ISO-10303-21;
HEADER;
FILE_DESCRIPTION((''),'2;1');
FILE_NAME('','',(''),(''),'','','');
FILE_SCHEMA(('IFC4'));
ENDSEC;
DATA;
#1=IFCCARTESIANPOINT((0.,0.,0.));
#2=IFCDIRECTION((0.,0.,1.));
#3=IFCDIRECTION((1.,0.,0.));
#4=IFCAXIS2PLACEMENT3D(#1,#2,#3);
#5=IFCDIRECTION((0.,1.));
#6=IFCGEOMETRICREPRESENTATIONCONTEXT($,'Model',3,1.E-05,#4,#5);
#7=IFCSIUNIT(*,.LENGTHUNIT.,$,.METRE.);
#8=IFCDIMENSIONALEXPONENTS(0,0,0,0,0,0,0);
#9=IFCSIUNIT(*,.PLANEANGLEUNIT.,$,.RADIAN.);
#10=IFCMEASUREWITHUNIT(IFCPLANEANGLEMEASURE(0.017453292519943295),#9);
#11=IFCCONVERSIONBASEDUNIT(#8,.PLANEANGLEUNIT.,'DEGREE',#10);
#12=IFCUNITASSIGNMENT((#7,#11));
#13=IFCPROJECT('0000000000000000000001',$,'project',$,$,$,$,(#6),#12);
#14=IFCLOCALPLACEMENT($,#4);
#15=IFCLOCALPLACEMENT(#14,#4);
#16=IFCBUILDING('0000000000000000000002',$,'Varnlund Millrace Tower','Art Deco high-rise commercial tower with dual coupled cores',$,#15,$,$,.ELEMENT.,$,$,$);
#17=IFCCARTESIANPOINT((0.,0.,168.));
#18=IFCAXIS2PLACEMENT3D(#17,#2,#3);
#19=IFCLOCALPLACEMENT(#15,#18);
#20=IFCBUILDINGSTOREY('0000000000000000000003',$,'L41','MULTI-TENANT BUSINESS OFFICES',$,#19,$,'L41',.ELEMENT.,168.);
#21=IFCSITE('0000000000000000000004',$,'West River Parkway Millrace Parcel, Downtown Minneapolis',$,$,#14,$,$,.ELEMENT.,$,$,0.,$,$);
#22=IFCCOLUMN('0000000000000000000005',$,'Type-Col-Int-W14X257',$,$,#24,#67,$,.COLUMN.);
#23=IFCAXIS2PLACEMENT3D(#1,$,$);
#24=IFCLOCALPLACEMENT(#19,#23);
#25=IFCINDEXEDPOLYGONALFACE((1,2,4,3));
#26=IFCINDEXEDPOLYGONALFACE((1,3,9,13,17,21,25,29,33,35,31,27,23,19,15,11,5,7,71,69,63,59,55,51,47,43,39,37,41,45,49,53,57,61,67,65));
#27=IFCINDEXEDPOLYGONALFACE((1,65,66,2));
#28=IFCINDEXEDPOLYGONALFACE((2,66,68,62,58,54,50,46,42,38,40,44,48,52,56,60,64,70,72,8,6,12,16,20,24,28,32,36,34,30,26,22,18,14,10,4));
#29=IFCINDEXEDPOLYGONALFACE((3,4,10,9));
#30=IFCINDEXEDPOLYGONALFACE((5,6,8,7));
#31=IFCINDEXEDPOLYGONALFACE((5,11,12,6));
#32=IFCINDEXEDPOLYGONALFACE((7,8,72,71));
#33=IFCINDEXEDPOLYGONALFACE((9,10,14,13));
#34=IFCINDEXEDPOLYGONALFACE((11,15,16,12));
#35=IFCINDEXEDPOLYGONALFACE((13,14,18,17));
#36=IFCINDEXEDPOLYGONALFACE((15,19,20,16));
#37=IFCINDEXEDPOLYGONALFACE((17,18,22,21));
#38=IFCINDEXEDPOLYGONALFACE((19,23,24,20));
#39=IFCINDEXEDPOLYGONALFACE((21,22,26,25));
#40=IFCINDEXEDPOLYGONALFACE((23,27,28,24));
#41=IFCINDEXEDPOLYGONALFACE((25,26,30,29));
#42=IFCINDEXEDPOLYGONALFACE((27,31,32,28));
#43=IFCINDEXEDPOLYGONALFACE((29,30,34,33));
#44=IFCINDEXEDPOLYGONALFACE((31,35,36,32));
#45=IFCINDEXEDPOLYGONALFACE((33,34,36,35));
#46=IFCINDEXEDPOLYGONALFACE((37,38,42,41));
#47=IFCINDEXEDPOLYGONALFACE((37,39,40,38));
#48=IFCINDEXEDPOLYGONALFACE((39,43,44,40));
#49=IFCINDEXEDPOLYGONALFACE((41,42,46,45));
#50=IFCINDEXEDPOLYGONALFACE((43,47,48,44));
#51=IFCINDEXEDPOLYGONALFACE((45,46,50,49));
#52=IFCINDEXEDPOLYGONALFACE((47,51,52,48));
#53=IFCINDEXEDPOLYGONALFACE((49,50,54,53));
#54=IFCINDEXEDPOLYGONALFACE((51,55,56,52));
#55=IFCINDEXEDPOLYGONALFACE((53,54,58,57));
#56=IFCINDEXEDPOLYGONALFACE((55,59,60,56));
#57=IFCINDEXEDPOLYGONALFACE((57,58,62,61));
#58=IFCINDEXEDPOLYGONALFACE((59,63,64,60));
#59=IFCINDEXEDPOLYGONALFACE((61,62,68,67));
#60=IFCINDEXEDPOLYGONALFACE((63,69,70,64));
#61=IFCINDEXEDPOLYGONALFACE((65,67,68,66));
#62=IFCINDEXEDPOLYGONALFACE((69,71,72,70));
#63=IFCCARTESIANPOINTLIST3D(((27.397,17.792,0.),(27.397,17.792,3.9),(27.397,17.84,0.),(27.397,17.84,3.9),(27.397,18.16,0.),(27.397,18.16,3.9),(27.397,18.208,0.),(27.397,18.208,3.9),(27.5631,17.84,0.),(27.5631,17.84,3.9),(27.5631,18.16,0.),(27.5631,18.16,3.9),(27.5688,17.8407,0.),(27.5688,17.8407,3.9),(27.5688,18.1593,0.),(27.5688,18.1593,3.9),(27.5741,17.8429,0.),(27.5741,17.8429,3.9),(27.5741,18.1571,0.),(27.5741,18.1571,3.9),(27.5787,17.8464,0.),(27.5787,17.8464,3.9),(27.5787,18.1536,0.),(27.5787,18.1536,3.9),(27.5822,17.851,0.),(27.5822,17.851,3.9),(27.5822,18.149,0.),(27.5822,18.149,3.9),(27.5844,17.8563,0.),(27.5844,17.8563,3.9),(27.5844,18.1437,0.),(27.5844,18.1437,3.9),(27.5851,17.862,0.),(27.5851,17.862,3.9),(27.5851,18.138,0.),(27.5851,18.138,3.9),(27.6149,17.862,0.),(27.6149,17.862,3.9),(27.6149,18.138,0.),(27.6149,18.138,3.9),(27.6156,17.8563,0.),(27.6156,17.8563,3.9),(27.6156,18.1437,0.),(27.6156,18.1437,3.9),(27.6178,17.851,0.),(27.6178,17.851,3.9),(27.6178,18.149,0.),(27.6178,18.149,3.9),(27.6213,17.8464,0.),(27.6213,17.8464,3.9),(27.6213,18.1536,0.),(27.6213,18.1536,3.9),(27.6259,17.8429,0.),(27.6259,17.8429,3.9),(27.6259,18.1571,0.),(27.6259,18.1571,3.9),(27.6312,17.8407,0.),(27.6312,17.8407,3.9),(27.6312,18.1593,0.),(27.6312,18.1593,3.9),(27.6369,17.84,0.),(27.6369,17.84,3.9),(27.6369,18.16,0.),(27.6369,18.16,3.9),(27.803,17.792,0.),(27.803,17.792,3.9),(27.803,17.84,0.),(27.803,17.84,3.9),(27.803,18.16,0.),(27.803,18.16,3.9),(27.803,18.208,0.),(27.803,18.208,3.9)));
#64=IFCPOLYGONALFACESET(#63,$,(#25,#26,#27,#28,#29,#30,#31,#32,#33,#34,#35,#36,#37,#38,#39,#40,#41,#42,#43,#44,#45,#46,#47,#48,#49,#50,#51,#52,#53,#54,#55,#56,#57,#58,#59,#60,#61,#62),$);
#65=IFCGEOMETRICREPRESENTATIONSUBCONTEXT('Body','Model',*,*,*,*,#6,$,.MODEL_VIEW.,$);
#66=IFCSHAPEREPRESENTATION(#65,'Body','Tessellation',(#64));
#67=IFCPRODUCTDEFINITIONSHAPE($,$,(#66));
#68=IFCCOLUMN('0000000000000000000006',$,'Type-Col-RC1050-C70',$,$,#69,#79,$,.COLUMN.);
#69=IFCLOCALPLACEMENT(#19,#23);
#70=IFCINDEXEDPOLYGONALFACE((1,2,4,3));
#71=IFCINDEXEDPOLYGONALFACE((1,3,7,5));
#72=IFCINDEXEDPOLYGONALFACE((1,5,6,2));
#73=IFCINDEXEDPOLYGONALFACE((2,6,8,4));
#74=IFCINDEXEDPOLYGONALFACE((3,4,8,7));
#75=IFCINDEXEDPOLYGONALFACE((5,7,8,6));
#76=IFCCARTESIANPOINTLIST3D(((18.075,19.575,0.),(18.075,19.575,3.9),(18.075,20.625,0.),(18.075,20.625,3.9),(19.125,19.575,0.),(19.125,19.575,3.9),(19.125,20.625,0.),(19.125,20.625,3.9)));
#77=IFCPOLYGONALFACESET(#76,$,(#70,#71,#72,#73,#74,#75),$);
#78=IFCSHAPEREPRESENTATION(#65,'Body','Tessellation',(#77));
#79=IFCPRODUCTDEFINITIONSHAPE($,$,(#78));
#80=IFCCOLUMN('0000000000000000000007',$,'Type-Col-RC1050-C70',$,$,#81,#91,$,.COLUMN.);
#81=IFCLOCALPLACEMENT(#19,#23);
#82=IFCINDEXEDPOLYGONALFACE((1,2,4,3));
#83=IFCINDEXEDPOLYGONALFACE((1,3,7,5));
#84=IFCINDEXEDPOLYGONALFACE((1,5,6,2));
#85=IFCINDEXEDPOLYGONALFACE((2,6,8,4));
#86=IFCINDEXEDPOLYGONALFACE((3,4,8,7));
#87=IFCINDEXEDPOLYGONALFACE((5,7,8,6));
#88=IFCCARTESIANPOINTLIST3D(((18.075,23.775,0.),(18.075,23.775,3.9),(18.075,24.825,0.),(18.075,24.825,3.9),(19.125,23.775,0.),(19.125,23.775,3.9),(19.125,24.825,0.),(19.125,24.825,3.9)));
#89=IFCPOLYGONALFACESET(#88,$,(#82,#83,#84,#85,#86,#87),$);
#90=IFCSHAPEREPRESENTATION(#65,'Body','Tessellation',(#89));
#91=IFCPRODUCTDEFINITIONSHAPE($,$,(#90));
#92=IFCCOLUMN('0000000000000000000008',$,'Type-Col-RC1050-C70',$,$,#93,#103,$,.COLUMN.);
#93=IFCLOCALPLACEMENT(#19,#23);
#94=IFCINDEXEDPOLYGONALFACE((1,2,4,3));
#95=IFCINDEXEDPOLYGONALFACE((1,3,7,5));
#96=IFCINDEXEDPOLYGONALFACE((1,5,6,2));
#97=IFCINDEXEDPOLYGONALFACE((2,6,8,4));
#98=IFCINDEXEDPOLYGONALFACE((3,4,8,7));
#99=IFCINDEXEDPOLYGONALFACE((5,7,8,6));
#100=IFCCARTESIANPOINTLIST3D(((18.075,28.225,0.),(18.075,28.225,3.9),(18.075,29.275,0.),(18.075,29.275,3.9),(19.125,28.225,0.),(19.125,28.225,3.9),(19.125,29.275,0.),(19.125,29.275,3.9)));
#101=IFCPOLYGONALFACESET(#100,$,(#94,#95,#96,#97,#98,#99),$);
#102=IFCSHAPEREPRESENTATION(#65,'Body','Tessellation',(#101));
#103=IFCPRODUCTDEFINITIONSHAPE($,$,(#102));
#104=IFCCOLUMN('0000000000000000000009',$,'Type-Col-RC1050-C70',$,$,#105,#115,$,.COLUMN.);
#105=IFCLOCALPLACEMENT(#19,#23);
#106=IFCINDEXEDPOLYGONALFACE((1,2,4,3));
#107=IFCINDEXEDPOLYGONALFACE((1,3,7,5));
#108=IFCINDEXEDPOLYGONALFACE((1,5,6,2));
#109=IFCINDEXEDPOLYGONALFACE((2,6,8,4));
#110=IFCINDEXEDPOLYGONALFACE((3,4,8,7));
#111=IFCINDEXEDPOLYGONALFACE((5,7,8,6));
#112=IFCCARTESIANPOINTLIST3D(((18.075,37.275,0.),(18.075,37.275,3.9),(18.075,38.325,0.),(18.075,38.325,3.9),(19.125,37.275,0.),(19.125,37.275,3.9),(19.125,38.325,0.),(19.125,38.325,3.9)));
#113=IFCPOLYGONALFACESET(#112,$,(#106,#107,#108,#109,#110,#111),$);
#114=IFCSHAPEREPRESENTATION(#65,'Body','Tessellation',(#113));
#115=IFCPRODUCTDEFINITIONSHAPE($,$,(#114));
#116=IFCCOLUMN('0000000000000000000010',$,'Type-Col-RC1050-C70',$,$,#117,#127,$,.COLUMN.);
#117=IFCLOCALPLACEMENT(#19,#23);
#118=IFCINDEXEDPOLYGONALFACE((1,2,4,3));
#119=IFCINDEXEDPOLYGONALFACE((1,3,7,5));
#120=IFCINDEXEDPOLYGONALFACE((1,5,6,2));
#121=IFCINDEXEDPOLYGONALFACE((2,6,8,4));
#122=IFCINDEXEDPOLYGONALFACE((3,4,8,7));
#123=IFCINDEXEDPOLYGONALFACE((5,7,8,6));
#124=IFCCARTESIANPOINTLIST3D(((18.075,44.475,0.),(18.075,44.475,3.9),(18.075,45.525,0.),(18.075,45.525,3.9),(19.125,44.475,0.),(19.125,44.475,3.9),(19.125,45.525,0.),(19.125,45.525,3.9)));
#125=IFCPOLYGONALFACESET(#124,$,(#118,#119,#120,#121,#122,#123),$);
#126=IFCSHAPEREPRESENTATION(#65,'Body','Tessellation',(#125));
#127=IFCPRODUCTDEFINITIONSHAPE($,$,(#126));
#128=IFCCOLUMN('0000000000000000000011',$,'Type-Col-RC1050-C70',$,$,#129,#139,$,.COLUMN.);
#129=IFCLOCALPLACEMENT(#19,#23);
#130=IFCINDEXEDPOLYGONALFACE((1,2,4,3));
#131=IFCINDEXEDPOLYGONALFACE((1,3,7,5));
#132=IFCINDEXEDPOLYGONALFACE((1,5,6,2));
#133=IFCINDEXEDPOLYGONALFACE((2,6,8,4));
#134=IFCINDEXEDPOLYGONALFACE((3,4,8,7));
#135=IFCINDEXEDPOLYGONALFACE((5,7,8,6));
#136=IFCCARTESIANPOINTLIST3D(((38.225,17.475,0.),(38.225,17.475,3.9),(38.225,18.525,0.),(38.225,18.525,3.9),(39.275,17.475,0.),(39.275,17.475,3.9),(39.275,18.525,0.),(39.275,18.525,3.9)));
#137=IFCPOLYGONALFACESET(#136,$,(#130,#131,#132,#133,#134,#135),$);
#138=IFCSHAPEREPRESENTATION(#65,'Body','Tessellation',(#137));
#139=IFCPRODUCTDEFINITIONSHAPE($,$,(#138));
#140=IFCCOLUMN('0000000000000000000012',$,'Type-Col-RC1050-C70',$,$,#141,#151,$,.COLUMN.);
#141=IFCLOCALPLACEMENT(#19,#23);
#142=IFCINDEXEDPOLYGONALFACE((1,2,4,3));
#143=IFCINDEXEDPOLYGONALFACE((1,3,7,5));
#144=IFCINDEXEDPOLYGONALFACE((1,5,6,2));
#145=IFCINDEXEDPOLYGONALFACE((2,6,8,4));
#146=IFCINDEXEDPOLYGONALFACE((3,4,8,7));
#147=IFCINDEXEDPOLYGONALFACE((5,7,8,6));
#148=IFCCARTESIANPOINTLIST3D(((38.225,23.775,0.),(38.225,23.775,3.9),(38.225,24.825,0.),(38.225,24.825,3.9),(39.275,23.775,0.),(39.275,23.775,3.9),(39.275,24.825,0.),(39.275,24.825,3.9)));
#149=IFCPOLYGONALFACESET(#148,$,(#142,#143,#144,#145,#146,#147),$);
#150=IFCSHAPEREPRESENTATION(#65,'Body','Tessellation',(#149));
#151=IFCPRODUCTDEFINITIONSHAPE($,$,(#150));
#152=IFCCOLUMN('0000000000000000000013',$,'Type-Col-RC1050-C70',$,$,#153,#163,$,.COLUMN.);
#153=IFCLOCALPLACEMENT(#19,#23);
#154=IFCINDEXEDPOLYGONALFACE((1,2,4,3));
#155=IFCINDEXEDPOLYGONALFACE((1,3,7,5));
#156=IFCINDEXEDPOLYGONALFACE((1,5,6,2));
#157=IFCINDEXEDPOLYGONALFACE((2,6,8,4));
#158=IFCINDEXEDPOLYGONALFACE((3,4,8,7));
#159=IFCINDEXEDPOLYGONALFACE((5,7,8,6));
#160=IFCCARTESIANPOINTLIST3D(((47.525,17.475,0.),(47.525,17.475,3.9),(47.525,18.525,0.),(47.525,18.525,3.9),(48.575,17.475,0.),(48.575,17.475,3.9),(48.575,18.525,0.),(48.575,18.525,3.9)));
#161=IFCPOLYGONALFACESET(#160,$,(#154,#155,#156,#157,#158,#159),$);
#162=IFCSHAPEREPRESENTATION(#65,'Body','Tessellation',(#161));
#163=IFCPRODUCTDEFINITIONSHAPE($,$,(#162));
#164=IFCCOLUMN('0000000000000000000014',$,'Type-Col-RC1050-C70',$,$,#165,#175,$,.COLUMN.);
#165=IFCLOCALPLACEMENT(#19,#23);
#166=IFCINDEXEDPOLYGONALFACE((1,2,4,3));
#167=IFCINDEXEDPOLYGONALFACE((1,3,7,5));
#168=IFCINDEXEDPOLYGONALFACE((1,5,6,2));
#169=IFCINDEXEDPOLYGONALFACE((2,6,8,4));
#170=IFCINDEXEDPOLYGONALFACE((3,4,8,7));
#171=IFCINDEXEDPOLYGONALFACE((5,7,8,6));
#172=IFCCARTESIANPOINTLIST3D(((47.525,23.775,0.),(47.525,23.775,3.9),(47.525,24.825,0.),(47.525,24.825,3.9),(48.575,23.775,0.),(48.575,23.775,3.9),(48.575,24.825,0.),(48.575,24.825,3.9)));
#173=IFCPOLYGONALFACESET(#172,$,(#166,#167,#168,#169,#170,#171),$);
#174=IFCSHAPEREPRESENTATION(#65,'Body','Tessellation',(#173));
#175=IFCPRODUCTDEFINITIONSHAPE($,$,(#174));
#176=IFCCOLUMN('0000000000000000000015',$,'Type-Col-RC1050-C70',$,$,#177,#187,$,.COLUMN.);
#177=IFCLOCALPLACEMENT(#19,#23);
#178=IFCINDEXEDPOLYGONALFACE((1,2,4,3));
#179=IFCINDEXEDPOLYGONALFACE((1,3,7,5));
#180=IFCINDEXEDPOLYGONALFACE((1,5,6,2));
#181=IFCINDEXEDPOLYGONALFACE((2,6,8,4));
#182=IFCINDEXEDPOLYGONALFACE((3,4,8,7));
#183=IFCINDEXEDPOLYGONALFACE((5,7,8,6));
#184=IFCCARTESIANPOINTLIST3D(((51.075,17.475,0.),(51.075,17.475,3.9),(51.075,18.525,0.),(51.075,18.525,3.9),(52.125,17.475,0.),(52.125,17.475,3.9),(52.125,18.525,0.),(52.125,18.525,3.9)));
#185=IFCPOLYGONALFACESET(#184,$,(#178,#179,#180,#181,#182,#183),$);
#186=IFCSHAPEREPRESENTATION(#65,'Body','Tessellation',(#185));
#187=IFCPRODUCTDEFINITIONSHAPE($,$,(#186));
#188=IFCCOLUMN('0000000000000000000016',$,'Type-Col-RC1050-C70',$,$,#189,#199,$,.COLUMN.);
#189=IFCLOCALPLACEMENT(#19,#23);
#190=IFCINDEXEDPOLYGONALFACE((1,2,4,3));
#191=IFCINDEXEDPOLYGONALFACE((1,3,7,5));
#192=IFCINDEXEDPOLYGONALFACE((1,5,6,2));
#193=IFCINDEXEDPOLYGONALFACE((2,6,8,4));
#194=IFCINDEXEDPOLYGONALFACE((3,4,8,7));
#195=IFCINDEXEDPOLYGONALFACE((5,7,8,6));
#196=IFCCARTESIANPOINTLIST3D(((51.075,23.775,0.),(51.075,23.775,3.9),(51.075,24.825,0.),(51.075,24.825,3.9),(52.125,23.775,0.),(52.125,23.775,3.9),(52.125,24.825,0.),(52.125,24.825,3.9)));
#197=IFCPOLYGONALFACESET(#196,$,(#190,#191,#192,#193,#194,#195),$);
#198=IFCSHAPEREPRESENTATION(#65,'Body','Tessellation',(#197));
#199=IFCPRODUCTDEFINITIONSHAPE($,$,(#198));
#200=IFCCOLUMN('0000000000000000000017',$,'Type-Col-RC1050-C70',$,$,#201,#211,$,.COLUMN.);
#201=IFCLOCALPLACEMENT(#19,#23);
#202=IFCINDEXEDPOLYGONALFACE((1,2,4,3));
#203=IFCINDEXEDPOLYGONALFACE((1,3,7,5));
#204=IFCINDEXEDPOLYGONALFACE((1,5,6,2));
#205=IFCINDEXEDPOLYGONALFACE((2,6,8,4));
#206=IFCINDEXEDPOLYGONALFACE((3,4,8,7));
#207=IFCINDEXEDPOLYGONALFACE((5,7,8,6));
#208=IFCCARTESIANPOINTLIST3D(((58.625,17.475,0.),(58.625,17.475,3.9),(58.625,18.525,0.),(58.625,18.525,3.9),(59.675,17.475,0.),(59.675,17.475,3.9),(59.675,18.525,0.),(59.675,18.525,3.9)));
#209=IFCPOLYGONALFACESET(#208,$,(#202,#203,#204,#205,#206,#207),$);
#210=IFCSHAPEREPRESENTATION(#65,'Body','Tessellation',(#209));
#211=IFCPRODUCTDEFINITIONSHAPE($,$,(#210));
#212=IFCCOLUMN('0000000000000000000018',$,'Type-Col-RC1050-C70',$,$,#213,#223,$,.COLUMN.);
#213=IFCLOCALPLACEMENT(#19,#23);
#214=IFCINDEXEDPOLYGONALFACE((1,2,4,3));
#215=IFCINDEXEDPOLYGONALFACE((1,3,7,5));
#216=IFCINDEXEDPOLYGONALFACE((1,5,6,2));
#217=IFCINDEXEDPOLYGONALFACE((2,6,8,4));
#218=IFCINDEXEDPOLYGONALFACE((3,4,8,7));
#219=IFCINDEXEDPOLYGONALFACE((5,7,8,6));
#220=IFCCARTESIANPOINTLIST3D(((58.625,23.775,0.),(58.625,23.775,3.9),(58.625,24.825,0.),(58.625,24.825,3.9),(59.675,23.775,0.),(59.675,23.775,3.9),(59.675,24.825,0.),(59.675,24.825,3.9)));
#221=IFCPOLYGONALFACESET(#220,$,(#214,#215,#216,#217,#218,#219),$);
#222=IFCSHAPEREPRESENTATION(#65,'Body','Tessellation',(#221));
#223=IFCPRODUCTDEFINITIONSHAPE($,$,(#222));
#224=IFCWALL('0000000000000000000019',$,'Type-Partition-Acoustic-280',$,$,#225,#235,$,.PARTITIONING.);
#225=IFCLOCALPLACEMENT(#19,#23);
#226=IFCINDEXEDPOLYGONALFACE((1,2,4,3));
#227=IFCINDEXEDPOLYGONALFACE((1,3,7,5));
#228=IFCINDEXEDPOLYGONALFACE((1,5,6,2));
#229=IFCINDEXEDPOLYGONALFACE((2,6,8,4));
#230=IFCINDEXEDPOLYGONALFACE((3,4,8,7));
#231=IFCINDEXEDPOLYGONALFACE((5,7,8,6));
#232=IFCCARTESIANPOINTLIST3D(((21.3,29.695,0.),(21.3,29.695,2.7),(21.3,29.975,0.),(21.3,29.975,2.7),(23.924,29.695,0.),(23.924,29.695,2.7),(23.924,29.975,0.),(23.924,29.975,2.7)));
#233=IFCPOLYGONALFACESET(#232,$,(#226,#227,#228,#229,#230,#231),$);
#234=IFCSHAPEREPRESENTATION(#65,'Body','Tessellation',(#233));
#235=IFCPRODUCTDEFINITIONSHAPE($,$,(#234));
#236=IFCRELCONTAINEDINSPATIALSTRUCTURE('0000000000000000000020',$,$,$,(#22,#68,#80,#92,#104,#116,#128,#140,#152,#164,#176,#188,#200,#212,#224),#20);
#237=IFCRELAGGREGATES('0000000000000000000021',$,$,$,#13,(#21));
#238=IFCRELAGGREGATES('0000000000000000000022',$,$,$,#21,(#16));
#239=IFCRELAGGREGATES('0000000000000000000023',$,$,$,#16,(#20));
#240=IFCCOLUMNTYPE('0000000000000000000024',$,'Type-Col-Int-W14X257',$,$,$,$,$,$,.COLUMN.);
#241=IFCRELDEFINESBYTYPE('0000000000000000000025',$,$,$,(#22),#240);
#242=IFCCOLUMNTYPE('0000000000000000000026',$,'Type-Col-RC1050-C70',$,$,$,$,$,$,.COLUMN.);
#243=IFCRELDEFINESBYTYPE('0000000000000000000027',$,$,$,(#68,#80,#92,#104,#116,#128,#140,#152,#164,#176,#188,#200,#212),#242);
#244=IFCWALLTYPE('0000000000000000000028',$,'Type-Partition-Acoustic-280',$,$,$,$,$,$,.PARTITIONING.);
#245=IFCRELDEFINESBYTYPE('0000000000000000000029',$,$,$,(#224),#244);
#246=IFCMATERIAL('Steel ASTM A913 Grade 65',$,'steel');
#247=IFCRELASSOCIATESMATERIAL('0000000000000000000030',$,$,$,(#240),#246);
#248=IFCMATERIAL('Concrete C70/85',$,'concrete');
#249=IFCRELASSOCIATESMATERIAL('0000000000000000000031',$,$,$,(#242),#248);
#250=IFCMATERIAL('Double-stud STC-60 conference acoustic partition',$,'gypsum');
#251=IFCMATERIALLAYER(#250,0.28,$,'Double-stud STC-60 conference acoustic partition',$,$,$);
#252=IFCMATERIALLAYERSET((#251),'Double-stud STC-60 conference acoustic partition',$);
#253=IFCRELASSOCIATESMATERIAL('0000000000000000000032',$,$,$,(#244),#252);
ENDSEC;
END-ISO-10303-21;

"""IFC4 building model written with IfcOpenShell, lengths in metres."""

from ifc_helpers import new_model, entity, si_unit, converted_unit, direction, frame, origin_with_axes, origin_2d_with_axis, place, context, subcontext, project, spatial, polyline, rectangle, i_section, outline, extrude, material, layer, layer_set, material_profile, profile_set, type_object, element, save


model = new_model("IFC4")

# Units and contexts
model_context = context("Model", 3, precision=1e-05, world=origin_with_axes(), true_north=direction((0.0, 1.0)))
body_context = subcontext(model_context, "Body", "Model", "MODEL_VIEW")
ifc_project = project(units=[si_unit("LENGTHUNIT", "METRE"), converted_unit("PLANEANGLEUNIT", "DEGREE", entity("IfcPlaneAngleMeasure", 0.017453292519943295), si_unit("PLANEANGLEUNIT", "RADIAN"), dimensions=[0, 0, 0, 0, 0, 0, 0])], contexts=[model_context])

# Site, building, storey
site_placement = place(None, origin_with_axes())
site = spatial("IfcSite", under=ifc_project, at=site_placement, Name="West River Parkway Millrace Parcel, Downtown Minneapolis", CompositionType="ELEMENT", RefElevation=0.0)
building_placement = place(site_placement, origin_with_axes())
building = spatial("IfcBuilding", under=site, at=building_placement, Name="Varnlund Millrace Tower", Description="Art Deco high-rise commercial tower with dual coupled cores", CompositionType="ELEMENT")
storey_placement = place(building_placement, frame((0.0, 0.0, 168.0), z_axis=(0.0, 0.0, 1.0), x_axis=(1.0, 0.0, 0.0)))
storey = spatial("IfcBuildingStorey", under=building, at=storey_placement, Name="L41", Description="MULTI-TENANT BUSINESS OFFICES", LongName="L41", CompositionType="ELEMENT", Elevation=168.0)

# Columns
ifc_material_1 = material(Name="Steel ASTM A913 Grade 65", Category="steel")
ifc_material_profile_1 = material_profile(ifc_material_1, i_section(OverallWidth=0.406, OverallDepth=0.416, WebThickness=0.0298, FlangeThickness=0.048, FilletRadius=0.022, at=origin_2d_with_axis()), Name="Steel ASTM A913 Grade 65")
ifc_profile_set_1 = profile_set([ifc_material_profile_1], Name="Steel ASTM A913 Grade 65")
column_type_1 = type_object("IfcColumnType", Name="Type-Col-Int-W14X257", PredefinedType="COLUMN", material=ifc_profile_set_1)
column_placement = place(storey_placement, frame((27.6, 18.0, 0.0), z_axis=(0.0, 0.0, 1.0), x_axis=(1.0, 0.0, 0.0)))
element("IfcColumn", 1, at=column_placement, inside=storey, type_object=column_type_1, Name="Type-Col-Int-W14X257", PredefinedType="COLUMN", context=body_context, shape_type="SweptSolid", body=[
    extrude(i_section(OverallWidth=0.406, OverallDepth=0.416, WebThickness=0.0298, FlangeThickness=0.048, FilletRadius=0.022, at=origin_2d_with_axis()), origin_with_axes(), (0.0, 0.0, 1.0), 3.9),
])
ifc_material_2 = material(Name="Concrete C70/85", Category="concrete")
ifc_material_profile_2 = material_profile(ifc_material_2, rectangle(XDim=1.05, YDim=1.05, at=origin_2d_with_axis()), Name="Concrete C70/85")
ifc_profile_set_2 = profile_set([ifc_material_profile_2], Name="Concrete C70/85")
column_type_2 = type_object("IfcColumnType", Name="Type-Col-RC1050-C70", PredefinedType="COLUMN", material=ifc_profile_set_2)
for number, where, z_axis, x_axis, name in (
    (2, (18.6, 20.1, 0.0), (0.0, 0.0, 1.0), (1.0, 0.0, 0.0), "Type-Col-RC1050-C70"),
    (3, (18.6, 24.3, 0.0), (0.0, 0.0, 1.0), (1.0, 0.0, 0.0), "Type-Col-RC1050-C70"),
    (4, (18.6, 28.75, 0.0), (0.0, 0.0, 1.0), (1.0, 0.0, 0.0), "Type-Col-RC1050-C70"),
    (5, (18.6, 37.8, 0.0), (0.0, 0.0, 1.0), (1.0, 0.0, 0.0), "Type-Col-RC1050-C70"),
    (6, (18.6, 45.0, 0.0), (0.0, 0.0, 1.0), (1.0, 0.0, 0.0), "Type-Col-RC1050-C70"),
    (7, (38.75, 18.0, 0.0), (0.0, 0.0, 1.0), (1.0, 0.0, 0.0), "Type-Col-RC1050-C70"),
    (8, (38.75, 24.3, 0.0), (0.0, 0.0, 1.0), (1.0, 0.0, 0.0), "Type-Col-RC1050-C70"),
    (9, (48.05, 18.0, 0.0), (0.0, 0.0, 1.0), (1.0, 0.0, 0.0), "Type-Col-RC1050-C70"),
    (10, (48.05, 24.3, 0.0), (0.0, 0.0, 1.0), (1.0, 0.0, 0.0), "Type-Col-RC1050-C70"),
    (11, (51.6, 18.0, 0.0), (0.0, 0.0, 1.0), (1.0, 0.0, 0.0), "Type-Col-RC1050-C70"),
    (12, (51.6, 24.3, 0.0), (0.0, 0.0, 1.0), (1.0, 0.0, 0.0), "Type-Col-RC1050-C70"),
    (13, (59.15, 18.0, 0.0), (0.0, 0.0, 1.0), (1.0, 0.0, 0.0), "Type-Col-RC1050-C70"),
    (14, (59.15, 24.3, 0.0), (0.0, 0.0, 1.0), (1.0, 0.0, 0.0), "Type-Col-RC1050-C70"),
):
    element("IfcColumn", number, at=place(storey_placement, frame(where, z_axis=z_axis, x_axis=x_axis)), inside=storey, type_object=column_type_2, Name=name, PredefinedType="COLUMN", context=body_context, shape_type="SweptSolid", body=[
        extrude(rectangle(XDim=1.05, YDim=1.05, at=origin_2d_with_axis()), origin_with_axes(), (0.0, 0.0, 1.0), 3.9),
    ])

# Wall
ifc_material_3 = material(Name="Double-stud STC-60 conference acoustic partition", Category="gypsum")
ifc_layer_1 = layer(ifc_material_3, 0.28, Name="Double-stud STC-60 conference acoustic partition")
ifc_layer_set_1 = layer_set([ifc_layer_1], Name="Double-stud STC-60 conference acoustic partition")
wall_type_1 = type_object("IfcWallType", Name="Type-Partition-Acoustic-280", PredefinedType="PARTITIONING", material=ifc_layer_set_1)
wall_1_placement = place(storey_placement, frame((21.3, 29.835, 0.0), z_axis=(0.0, 0.0, 1.0), x_axis=(1.0, 0.0, 0.0)))
element("IfcWall", 15, at=wall_1_placement, inside=storey, type_object=wall_type_1, Name="Type-Partition-Acoustic-280", PredefinedType="PARTITIONING", context=body_context, shape_type="SweptSolid", body=[
    extrude(outline(polyline([(0.0, -0.14), (2.624, -0.14), (2.624, 0.14), (0.0, 0.14), (0.0, -0.14)])), origin_with_axes(), (0.0, 0.0, 1.0), 2.7),
])

save(model, "model.ifc")
